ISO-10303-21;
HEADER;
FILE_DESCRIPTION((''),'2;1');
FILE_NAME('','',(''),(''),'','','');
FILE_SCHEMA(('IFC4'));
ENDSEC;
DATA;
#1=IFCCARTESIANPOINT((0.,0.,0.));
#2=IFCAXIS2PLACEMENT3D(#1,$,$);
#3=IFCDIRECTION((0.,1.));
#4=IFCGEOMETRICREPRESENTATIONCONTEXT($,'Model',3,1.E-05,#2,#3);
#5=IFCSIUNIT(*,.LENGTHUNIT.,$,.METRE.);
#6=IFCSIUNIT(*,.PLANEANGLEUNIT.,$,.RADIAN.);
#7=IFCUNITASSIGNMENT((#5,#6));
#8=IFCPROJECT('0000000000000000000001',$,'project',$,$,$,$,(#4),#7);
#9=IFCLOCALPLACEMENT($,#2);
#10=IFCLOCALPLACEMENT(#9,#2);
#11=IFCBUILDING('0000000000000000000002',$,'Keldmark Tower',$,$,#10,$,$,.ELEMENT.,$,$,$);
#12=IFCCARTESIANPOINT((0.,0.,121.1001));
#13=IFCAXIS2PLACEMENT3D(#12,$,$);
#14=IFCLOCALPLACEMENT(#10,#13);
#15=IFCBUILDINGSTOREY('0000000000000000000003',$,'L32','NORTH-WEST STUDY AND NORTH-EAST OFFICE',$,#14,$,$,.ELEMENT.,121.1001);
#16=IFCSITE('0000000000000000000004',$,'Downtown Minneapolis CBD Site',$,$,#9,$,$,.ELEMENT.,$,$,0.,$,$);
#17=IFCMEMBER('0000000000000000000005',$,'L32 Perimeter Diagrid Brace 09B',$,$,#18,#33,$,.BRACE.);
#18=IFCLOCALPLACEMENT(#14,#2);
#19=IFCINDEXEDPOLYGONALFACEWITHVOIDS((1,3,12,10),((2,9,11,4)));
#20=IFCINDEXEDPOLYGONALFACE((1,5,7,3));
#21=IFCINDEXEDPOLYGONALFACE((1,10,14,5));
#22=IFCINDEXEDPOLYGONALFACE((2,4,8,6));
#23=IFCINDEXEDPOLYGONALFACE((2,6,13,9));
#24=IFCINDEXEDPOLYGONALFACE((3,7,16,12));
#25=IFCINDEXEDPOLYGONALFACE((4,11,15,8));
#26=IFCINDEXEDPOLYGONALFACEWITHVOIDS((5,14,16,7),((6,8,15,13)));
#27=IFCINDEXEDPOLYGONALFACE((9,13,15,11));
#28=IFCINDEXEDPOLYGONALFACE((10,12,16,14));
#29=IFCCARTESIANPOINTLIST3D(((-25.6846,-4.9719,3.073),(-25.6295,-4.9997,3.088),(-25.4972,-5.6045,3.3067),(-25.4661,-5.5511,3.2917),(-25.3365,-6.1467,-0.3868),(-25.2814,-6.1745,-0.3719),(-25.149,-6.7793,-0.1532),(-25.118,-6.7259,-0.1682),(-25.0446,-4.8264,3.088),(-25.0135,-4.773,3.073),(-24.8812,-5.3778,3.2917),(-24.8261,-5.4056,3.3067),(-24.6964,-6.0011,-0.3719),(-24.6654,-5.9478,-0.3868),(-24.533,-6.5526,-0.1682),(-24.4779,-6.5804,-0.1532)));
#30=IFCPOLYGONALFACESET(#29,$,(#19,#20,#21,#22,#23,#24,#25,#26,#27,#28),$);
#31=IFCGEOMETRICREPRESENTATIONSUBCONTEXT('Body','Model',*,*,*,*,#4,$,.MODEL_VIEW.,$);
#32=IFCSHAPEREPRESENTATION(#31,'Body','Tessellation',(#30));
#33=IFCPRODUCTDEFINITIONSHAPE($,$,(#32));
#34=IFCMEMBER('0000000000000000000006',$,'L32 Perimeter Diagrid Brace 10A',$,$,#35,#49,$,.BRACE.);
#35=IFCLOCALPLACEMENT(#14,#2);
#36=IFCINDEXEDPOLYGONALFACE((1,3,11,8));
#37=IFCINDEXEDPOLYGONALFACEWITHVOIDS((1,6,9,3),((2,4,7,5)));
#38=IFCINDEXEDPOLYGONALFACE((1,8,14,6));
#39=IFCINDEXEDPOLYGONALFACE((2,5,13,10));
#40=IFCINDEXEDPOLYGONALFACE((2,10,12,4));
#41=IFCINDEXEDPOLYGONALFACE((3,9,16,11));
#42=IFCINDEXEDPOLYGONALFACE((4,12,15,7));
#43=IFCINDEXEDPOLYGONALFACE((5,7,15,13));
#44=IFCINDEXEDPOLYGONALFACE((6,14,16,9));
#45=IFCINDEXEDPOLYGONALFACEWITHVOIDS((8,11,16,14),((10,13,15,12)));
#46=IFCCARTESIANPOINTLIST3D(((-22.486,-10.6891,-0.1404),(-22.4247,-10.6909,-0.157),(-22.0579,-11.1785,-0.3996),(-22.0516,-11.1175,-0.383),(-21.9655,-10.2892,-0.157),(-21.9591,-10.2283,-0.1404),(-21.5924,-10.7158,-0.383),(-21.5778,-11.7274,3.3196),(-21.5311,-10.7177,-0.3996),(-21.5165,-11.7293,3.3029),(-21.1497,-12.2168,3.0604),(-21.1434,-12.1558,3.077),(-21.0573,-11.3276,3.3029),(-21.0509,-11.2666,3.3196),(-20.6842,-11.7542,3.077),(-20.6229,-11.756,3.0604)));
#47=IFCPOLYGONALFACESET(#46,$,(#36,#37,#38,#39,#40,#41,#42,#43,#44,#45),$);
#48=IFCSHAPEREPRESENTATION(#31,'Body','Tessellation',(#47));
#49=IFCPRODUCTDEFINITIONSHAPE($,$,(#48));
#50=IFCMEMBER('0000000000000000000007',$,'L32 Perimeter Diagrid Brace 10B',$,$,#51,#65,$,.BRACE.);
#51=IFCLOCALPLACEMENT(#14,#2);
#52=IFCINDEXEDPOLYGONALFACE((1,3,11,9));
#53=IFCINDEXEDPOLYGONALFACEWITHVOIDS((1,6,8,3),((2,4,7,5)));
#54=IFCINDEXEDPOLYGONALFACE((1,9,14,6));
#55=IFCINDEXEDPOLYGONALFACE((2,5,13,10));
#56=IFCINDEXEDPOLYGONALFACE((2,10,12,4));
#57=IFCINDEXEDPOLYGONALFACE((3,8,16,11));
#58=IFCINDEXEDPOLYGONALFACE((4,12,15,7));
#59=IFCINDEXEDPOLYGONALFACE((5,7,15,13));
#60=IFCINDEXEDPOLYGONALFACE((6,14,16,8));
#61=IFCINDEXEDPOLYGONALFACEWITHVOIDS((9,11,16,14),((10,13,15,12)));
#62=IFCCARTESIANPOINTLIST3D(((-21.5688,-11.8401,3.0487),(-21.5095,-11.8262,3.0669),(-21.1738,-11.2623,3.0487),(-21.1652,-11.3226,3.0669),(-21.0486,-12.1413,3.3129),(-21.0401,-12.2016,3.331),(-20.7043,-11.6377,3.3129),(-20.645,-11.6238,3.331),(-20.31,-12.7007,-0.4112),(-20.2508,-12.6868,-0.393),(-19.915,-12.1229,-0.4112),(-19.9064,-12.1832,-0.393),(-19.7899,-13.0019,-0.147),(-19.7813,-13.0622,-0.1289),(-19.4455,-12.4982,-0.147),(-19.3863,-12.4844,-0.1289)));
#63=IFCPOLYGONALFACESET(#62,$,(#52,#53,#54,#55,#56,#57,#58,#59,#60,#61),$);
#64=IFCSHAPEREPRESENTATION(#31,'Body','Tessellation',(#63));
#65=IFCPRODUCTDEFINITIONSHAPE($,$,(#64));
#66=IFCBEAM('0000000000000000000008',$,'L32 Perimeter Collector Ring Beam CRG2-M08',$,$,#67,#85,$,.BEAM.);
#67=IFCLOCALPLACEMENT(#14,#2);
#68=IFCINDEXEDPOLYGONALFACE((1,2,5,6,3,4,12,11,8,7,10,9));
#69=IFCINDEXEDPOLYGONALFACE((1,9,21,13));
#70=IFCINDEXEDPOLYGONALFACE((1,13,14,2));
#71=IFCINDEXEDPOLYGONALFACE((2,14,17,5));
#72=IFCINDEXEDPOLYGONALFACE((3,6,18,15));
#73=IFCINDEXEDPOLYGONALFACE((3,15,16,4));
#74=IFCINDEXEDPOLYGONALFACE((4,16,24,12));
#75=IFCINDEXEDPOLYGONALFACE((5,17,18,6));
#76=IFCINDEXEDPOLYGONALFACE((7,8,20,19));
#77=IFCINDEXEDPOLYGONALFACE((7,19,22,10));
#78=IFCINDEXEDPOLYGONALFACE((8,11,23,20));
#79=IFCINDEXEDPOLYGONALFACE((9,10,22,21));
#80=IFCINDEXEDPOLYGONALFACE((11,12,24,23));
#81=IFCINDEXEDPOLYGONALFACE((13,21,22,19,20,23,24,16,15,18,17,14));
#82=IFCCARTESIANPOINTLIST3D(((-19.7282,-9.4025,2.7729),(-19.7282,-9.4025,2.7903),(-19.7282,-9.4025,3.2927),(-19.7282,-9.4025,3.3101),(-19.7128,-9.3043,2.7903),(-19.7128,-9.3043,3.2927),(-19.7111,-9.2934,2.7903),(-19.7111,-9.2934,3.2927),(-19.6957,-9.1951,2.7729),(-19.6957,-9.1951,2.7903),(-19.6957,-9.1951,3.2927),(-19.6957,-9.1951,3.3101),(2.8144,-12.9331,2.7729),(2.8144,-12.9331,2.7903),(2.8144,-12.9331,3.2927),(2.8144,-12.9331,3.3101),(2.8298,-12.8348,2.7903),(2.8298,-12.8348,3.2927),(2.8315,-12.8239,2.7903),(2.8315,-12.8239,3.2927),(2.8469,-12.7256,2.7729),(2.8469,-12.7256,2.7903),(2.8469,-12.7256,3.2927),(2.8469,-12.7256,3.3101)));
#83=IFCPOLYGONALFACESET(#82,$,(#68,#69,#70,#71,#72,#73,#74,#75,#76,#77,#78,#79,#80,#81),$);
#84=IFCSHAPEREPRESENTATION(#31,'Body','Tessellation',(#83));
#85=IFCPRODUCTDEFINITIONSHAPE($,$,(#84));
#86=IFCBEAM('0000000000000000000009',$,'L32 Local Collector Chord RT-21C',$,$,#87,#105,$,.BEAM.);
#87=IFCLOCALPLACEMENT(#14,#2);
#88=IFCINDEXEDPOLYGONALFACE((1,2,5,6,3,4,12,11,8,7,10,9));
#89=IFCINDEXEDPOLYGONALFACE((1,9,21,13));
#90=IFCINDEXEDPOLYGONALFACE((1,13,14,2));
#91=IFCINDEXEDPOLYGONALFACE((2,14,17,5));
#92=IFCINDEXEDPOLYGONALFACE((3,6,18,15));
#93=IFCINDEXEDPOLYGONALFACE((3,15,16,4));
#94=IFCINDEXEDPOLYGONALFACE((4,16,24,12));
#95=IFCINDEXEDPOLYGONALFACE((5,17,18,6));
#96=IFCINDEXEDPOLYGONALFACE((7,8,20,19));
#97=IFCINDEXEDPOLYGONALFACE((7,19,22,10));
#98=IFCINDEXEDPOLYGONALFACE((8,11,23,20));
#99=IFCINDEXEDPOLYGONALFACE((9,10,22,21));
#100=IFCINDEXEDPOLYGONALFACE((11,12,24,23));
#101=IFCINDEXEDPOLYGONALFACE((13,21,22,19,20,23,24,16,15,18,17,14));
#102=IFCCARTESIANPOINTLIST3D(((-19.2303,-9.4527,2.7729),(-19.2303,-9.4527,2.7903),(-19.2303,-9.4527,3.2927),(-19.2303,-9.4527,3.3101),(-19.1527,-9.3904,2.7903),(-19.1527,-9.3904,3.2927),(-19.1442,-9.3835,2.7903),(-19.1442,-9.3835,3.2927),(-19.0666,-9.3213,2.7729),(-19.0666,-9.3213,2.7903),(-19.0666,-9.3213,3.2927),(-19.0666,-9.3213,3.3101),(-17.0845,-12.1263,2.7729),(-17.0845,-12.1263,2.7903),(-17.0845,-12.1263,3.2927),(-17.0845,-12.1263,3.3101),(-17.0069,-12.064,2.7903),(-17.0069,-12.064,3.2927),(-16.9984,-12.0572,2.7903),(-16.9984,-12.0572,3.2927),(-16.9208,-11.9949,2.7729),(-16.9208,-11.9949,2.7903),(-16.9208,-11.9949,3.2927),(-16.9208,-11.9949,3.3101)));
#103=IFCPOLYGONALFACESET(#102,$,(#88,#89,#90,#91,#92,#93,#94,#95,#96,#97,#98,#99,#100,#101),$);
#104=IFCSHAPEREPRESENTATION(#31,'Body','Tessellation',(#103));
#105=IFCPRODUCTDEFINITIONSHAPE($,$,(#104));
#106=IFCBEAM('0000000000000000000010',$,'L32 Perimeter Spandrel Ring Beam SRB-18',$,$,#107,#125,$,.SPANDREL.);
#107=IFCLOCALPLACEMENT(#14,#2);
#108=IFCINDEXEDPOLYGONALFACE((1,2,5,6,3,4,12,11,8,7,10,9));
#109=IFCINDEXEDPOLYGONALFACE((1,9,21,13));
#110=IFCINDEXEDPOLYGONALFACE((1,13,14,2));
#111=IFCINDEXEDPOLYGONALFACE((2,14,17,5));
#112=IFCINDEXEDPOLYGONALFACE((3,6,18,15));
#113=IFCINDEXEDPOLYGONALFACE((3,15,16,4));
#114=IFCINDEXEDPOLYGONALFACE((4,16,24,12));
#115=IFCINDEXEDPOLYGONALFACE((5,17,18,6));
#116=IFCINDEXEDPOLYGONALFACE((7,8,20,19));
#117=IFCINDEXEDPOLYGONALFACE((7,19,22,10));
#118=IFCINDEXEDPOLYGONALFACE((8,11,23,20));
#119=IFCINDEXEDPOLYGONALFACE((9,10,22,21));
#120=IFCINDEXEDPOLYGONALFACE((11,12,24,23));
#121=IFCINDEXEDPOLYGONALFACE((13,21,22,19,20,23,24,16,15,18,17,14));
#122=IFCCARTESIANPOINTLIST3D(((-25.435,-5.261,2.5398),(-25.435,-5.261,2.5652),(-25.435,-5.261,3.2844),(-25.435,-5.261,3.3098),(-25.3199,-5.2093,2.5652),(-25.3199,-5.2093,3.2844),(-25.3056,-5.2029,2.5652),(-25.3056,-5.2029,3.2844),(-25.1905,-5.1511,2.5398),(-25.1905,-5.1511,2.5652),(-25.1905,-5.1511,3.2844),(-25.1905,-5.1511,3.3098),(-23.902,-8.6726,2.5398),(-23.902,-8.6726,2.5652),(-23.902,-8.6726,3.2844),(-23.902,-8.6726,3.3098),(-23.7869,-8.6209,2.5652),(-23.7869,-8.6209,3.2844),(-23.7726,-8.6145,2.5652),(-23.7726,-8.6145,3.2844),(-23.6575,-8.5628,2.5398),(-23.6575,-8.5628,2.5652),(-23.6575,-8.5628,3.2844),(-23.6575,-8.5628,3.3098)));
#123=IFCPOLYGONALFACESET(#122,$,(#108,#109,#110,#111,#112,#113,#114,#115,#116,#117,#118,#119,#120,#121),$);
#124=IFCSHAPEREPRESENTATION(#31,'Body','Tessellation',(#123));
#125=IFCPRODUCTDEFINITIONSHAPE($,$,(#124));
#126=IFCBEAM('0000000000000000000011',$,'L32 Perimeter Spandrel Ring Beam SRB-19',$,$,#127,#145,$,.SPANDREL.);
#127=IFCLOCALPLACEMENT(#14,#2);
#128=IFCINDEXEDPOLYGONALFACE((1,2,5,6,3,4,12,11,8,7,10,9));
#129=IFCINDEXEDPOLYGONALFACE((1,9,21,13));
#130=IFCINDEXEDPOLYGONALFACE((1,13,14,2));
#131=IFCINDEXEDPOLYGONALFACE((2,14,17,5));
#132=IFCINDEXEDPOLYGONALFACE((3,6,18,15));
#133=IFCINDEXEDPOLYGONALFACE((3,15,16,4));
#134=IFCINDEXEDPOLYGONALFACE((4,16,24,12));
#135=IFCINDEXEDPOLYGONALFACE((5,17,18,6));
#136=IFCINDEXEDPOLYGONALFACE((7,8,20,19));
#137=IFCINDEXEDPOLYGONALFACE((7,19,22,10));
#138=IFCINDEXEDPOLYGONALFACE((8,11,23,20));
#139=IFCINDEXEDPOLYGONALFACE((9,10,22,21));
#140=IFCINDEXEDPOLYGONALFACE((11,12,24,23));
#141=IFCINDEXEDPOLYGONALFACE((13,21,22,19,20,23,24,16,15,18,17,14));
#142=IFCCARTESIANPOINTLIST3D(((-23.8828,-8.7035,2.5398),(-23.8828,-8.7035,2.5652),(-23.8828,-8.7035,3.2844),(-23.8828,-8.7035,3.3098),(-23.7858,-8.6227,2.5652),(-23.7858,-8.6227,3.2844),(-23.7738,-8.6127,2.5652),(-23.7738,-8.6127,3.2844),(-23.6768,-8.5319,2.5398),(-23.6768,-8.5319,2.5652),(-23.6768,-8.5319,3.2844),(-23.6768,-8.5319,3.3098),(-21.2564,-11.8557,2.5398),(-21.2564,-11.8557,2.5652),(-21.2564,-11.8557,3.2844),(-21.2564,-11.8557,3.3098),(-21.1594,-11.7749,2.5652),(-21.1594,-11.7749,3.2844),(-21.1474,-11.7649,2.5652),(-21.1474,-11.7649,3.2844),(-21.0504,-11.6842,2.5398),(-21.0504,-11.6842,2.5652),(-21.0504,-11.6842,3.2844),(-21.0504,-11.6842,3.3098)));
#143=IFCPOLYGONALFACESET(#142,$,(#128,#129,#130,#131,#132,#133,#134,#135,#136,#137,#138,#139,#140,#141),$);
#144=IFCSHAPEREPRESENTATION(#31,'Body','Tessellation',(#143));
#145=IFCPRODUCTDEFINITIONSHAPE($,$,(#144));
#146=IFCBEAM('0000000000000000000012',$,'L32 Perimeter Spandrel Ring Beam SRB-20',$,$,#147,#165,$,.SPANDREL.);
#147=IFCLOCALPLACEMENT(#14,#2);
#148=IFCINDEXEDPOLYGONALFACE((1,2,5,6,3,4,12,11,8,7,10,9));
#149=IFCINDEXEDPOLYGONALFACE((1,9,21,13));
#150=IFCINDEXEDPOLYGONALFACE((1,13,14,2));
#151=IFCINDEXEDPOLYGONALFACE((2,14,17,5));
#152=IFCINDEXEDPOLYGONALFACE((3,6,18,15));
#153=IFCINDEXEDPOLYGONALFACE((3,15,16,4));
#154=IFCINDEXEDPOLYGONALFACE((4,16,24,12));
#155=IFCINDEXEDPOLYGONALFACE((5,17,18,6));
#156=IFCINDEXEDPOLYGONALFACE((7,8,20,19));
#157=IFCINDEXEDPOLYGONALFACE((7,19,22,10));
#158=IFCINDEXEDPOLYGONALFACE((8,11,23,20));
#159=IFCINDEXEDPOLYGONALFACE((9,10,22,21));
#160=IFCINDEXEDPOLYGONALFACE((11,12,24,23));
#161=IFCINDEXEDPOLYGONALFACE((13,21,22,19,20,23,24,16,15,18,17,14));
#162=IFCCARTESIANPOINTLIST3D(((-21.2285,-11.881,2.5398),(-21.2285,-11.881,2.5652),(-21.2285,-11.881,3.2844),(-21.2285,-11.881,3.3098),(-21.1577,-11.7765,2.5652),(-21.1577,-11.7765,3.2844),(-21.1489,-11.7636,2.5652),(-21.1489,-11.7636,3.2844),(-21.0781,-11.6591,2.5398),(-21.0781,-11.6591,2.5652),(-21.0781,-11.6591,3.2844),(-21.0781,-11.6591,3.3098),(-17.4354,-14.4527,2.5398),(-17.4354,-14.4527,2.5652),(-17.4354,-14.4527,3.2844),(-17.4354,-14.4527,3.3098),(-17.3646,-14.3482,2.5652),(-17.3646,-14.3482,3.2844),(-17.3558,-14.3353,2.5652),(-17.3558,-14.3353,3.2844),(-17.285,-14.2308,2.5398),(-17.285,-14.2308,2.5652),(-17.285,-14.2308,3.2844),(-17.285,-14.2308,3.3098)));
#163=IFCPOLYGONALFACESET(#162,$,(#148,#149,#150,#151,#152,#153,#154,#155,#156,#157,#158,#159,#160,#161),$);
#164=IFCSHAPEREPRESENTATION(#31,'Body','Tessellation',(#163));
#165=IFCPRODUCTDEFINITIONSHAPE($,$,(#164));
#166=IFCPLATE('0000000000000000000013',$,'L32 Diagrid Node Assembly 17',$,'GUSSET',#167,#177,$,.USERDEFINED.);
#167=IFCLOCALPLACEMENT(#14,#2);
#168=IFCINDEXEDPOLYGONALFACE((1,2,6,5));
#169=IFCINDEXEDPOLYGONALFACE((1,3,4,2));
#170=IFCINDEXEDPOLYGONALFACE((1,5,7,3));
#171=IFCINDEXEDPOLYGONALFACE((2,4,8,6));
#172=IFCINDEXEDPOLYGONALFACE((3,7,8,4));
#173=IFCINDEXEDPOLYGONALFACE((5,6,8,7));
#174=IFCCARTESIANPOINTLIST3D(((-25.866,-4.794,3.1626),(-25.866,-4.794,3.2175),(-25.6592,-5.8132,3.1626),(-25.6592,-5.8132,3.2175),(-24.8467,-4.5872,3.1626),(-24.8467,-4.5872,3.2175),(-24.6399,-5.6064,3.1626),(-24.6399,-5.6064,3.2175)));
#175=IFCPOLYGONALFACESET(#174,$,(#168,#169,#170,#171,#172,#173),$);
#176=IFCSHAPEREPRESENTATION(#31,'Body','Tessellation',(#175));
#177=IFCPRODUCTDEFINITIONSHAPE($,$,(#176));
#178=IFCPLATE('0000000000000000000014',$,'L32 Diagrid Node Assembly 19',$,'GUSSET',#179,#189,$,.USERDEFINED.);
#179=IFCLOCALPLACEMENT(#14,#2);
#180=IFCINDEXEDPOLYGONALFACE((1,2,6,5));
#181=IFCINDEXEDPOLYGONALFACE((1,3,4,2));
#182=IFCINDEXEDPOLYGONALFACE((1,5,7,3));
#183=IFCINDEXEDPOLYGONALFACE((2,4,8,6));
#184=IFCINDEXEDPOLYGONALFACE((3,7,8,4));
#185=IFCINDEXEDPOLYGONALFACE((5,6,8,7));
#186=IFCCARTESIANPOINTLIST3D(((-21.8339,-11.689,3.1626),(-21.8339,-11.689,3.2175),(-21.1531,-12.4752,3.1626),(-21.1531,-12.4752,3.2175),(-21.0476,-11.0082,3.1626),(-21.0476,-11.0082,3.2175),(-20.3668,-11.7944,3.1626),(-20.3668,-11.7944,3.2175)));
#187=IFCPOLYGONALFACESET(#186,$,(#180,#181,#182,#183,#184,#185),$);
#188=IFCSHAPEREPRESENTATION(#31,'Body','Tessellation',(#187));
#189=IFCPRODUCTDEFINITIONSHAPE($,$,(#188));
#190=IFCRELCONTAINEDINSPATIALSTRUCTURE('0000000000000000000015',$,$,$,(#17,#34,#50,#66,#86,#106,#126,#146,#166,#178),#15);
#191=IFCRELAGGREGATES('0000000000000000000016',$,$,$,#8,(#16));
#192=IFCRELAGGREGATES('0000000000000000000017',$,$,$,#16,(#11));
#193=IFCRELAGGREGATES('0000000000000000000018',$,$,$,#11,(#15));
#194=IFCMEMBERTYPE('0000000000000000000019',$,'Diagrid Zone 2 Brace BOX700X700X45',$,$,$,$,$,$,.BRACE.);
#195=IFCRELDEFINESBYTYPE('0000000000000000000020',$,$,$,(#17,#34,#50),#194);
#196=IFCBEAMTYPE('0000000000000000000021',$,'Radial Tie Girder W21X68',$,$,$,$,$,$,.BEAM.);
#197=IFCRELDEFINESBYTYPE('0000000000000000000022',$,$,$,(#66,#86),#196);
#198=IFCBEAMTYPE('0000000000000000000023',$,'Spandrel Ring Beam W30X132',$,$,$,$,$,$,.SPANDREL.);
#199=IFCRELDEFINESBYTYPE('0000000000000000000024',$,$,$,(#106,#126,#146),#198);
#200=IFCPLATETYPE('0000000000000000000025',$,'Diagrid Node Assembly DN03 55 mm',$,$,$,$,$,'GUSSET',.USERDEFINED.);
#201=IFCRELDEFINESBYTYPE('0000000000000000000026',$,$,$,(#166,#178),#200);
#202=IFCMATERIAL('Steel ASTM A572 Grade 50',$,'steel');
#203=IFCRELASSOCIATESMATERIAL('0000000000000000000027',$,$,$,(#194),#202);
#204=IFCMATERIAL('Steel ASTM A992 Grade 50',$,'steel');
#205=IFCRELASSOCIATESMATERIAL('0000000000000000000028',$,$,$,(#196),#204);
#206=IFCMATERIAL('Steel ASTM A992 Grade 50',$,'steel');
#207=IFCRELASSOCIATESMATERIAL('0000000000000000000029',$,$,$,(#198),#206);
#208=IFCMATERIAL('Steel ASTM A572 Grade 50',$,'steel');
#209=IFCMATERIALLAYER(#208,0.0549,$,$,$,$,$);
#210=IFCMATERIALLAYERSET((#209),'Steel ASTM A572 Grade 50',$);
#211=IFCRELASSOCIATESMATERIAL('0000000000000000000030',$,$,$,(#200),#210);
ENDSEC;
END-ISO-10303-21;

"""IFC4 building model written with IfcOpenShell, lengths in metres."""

from ifc_helpers import new_model, si_unit, direction, frame, origin, origin_2d, place, context, subcontext, project, spatial, rectangle, hollow_rectangle, i_section, extrude, material, layer, layer_set, material_profile, profile_set, type_object, element, save


model = new_model("IFC4")

# Units and contexts
model_context = context("Model", 3, precision=1e-05, world=origin(), true_north=direction((0.0, 1.0)))
body_context = subcontext(model_context, "Body", "Model", "MODEL_VIEW")
ifc_project = project(units=[si_unit("LENGTHUNIT", "METRE"), si_unit("PLANEANGLEUNIT", "RADIAN")], contexts=[model_context])

# Site, building, storey
site_placement = place(None, origin())
site = spatial("IfcSite", under=ifc_project, at=site_placement, Name="Downtown Minneapolis CBD Site", CompositionType="ELEMENT", RefElevation=0.0)
building_placement = place(site_placement, origin())
building = spatial("IfcBuilding", under=site, at=building_placement, Name="Keldmark Tower", CompositionType="ELEMENT")
storey_placement = place(building_placement, frame((0.0, 0.0, 121.1001)))
storey = spatial("IfcBuildingStorey", under=building, at=storey_placement, Name="L32", Description="NORTH-WEST STUDY AND NORTH-EAST OFFICE", CompositionType="ELEMENT", Elevation=121.1001)

# Members
ifc_material_1 = material(Name="Steel ASTM A572 Grade 50", Category="steel")
ifc_material_profile_1 = material_profile(ifc_material_1, hollow_rectangle(XDim=0.7, YDim=0.7, WallThickness=0.0449, at=origin_2d()), Name="BOX700X700X45")
ifc_profile_set_1 = profile_set([ifc_material_profile_1], Name="Steel ASTM A572 Grade 50")
member_type = type_object("IfcMemberType", Name="Diagrid Zone 2 Brace BOX700X700X45", PredefinedType="BRACE", material=ifc_profile_set_1)
member_1_placement = place(storey_placement, frame((-24.9072, -6.3635, -0.27), z_axis=(-0.094849, 0.320065, 0.942636), x_axis=(-0.958786, -0.284129, 0.0)))
element("IfcMember", 1, at=member_1_placement, inside=storey, type_object=member_type, Name="L32 Perimeter Diagrid Brace 09B", PredefinedType="BRACE", context=body_context, shape_type="SweptSolid", body=[
    extrude(hollow_rectangle(XDim=0.7, YDim=0.7, WallThickness=0.0449, at=origin_2d()), origin(), (0.0, 0.0, 1.0), 3.6704),
])
member_2_placement = place(storey_placement, frame((-22.0085, -10.7034, -0.27), z_axis=(0.243825, -0.27876, 0.928893), x_axis=(0.752697, 0.658367, 0.0)))
element("IfcMember", 2, at=member_2_placement, inside=storey, type_object=member_type, Name="L32 Perimeter Diagrid Brace 10A", PredefinedType="BRACE", context=body_context, shape_type="SweptSolid", body=[
    extrude(hollow_rectangle(XDim=0.7, YDim=0.7, WallThickness=0.0449, at=origin_2d()), origin(), (0.0, 0.0, 1.0), 3.7249),
])
member_3_placement = place(storey_placement, frame((-19.8481, -12.5925, -0.27), z_axis=(-0.332919, 0.227606, 0.915074), x_axis=(-0.56438, -0.825515, 0.0)))
element("IfcMember", 3, at=member_3_placement, inside=storey, type_object=member_type, Name="L32 Perimeter Diagrid Brace 10B", PredefinedType="BRACE", context=body_context, shape_type="SweptSolid", body=[
    extrude(hollow_rectangle(XDim=0.7, YDim=0.7, WallThickness=0.0449, at=origin_2d()), origin(), (0.0, 0.0, 1.0), 3.781),
])

# Beams
ifc_material_2 = material(Name="Steel ASTM A992 Grade 50", Category="steel")
ifc_material_profile_2 = material_profile(ifc_material_2, i_section(OverallWidth=0.21, OverallDepth=0.5371, WebThickness=0.011, FlangeThickness=0.0173, at=origin_2d()), Name="W21X68")
ifc_profile_set_2 = profile_set([ifc_material_profile_2], Name="Steel ASTM A992 Grade 50")
beam_type_1 = type_object("IfcBeamType", Name="Radial Tie Girder W21X68", PredefinedType="BEAM", material=ifc_profile_set_2)
beam_1_placement = place(storey_placement, frame((-19.7119, -9.2988, 3.0415), z_axis=(0.987957, -0.15473, 0.0), x_axis=(0.15473, 0.987957, 0.0)))
element("IfcBeam", 4, at=beam_1_placement, inside=storey, type_object=beam_type_1, Name="L32 Perimeter Collector Ring Beam CRG2-M08", PredefinedType="BEAM", context=body_context, shape_type="SweptSolid", body=[
    extrude(i_section(OverallWidth=0.21, OverallDepth=0.5371, WebThickness=0.011, FlangeThickness=0.0173, at=origin_2d()), origin(), (0.0, 0.0, 1.0), 22.8174),
])
beam_2_placement = place(storey_placement, frame((-19.1484, -9.387, 3.0415), z_axis=(0.625919, -0.779888, 0.0), x_axis=(0.779888, 0.625919, 0.0)))
element("IfcBeam", 5, at=beam_2_placement, inside=storey, type_object=beam_type_1, Name="L32 Local Collector Chord RT-21C", PredefinedType="BEAM", context=body_context, shape_type="SweptSolid", body=[
    extrude(i_section(OverallWidth=0.21, OverallDepth=0.5371, WebThickness=0.011, FlangeThickness=0.0173, at=origin_2d()), origin(), (0.0, 0.0, 1.0), 3.4282),
])
ifc_material_3 = material(Name="Steel ASTM A992 Grade 50", Category="steel")
ifc_material_profile_3 = material_profile(ifc_material_3, i_section(OverallWidth=0.2681, OverallDepth=0.77, WebThickness=0.0156, FlangeThickness=0.0254, at=origin_2d()), Name="W30X132")
ifc_profile_set_3 = profile_set([ifc_material_profile_3], Name="Steel ASTM A992 Grade 50")
beam_type_2 = type_object("IfcBeamType", Name="Spandrel Ring Beam W30X132", PredefinedType="SPANDREL", material=ifc_profile_set_3)
beam_3_placement = place(storey_placement, frame((-25.3127, -5.2061, 2.9248), z_axis=(0.40986, -0.912149, 0.0), x_axis=(0.912149, 0.40986, 0.0)))
element("IfcBeam", 6, at=beam_3_placement, inside=storey, type_object=beam_type_2, Name="L32 Perimeter Spandrel Ring Beam SRB-18", PredefinedType="SPANDREL", context=body_context, shape_type="SweptSolid", body=[
    extrude(i_section(OverallWidth=0.2681, OverallDepth=0.77, WebThickness=0.0156, FlangeThickness=0.0254, at=origin_2d()), origin(), (0.0, 0.0, 1.0), 3.7402),
])
beam_4_placement = place(storey_placement, frame((-23.7798, -8.6177, 2.9248), z_axis=(0.640114, -0.76828, 0.0), x_axis=(0.76828, 0.640114, 0.0)))
element("IfcBeam", 7, at=beam_4_placement, inside=storey, type_object=beam_type_2, Name="L32 Perimeter Spandrel Ring Beam SRB-19", PredefinedType="SPANDREL", context=body_context, shape_type="SweptSolid", body=[
    extrude(i_section(OverallWidth=0.2681, OverallDepth=0.77, WebThickness=0.0156, FlangeThickness=0.0254, at=origin_2d()), origin(), (0.0, 0.0, 1.0), 4.103),
])
beam_5_placement = place(storey_placement, frame((-21.1533, -11.77, 2.9248), z_axis=(0.827698, -0.561174, 0.0), x_axis=(0.561174, 0.827698, 0.0)))
element("IfcBeam", 8, at=beam_5_placement, inside=storey, type_object=beam_type_2, Name="L32 Perimeter Spandrel Ring Beam SRB-20", PredefinedType="SPANDREL", context=body_context, shape_type="SweptSolid", body=[
    extrude(i_section(OverallWidth=0.2681, OverallDepth=0.77, WebThickness=0.0156, FlangeThickness=0.0254, at=origin_2d()), origin(), (0.0, 0.0, 1.0), 4.5828),
])

# Plates
ifc_material_4 = material(Name="Steel ASTM A572 Grade 50", Category="steel")
ifc_layer_1 = layer(ifc_material_4, 0.0549)
ifc_layer_set_1 = layer_set([ifc_layer_1], Name="Steel ASTM A572 Grade 50")
plate_type = type_object("IfcPlateType", Name="Diagrid Node Assembly DN03 55 mm", ElementType="GUSSET", PredefinedType="USERDEFINED", material=ifc_layer_set_1)
for number, where, z_axis, x_axis, name in (
    (9, (-25.2529, -5.2002, 3.1626), (0.0, 0.0, 1.0), (0.198855, -0.980029, 0.0), "L32 Diagrid Node Assembly 17"),
    (10, (-21.1003, -11.7417, 3.1626), (0.0, 0.0, 1.0), (0.654609, -0.755968, 0.0), "L32 Diagrid Node Assembly 19"),
):
    element("IfcPlate", number, at=place(storey_placement, frame(where, z_axis=z_axis, x_axis=x_axis)), inside=storey, type_object=plate_type, Name=name, ObjectType="GUSSET", PredefinedType="USERDEFINED", context=body_context, shape_type="SweptSolid", body=[
        extrude(rectangle(XDim=1.04, YDim=1.04, at=origin_2d()), origin(), (0.0, 0.0, 1.0), 0.0549),
    ])

save(model, "model.ifc")
